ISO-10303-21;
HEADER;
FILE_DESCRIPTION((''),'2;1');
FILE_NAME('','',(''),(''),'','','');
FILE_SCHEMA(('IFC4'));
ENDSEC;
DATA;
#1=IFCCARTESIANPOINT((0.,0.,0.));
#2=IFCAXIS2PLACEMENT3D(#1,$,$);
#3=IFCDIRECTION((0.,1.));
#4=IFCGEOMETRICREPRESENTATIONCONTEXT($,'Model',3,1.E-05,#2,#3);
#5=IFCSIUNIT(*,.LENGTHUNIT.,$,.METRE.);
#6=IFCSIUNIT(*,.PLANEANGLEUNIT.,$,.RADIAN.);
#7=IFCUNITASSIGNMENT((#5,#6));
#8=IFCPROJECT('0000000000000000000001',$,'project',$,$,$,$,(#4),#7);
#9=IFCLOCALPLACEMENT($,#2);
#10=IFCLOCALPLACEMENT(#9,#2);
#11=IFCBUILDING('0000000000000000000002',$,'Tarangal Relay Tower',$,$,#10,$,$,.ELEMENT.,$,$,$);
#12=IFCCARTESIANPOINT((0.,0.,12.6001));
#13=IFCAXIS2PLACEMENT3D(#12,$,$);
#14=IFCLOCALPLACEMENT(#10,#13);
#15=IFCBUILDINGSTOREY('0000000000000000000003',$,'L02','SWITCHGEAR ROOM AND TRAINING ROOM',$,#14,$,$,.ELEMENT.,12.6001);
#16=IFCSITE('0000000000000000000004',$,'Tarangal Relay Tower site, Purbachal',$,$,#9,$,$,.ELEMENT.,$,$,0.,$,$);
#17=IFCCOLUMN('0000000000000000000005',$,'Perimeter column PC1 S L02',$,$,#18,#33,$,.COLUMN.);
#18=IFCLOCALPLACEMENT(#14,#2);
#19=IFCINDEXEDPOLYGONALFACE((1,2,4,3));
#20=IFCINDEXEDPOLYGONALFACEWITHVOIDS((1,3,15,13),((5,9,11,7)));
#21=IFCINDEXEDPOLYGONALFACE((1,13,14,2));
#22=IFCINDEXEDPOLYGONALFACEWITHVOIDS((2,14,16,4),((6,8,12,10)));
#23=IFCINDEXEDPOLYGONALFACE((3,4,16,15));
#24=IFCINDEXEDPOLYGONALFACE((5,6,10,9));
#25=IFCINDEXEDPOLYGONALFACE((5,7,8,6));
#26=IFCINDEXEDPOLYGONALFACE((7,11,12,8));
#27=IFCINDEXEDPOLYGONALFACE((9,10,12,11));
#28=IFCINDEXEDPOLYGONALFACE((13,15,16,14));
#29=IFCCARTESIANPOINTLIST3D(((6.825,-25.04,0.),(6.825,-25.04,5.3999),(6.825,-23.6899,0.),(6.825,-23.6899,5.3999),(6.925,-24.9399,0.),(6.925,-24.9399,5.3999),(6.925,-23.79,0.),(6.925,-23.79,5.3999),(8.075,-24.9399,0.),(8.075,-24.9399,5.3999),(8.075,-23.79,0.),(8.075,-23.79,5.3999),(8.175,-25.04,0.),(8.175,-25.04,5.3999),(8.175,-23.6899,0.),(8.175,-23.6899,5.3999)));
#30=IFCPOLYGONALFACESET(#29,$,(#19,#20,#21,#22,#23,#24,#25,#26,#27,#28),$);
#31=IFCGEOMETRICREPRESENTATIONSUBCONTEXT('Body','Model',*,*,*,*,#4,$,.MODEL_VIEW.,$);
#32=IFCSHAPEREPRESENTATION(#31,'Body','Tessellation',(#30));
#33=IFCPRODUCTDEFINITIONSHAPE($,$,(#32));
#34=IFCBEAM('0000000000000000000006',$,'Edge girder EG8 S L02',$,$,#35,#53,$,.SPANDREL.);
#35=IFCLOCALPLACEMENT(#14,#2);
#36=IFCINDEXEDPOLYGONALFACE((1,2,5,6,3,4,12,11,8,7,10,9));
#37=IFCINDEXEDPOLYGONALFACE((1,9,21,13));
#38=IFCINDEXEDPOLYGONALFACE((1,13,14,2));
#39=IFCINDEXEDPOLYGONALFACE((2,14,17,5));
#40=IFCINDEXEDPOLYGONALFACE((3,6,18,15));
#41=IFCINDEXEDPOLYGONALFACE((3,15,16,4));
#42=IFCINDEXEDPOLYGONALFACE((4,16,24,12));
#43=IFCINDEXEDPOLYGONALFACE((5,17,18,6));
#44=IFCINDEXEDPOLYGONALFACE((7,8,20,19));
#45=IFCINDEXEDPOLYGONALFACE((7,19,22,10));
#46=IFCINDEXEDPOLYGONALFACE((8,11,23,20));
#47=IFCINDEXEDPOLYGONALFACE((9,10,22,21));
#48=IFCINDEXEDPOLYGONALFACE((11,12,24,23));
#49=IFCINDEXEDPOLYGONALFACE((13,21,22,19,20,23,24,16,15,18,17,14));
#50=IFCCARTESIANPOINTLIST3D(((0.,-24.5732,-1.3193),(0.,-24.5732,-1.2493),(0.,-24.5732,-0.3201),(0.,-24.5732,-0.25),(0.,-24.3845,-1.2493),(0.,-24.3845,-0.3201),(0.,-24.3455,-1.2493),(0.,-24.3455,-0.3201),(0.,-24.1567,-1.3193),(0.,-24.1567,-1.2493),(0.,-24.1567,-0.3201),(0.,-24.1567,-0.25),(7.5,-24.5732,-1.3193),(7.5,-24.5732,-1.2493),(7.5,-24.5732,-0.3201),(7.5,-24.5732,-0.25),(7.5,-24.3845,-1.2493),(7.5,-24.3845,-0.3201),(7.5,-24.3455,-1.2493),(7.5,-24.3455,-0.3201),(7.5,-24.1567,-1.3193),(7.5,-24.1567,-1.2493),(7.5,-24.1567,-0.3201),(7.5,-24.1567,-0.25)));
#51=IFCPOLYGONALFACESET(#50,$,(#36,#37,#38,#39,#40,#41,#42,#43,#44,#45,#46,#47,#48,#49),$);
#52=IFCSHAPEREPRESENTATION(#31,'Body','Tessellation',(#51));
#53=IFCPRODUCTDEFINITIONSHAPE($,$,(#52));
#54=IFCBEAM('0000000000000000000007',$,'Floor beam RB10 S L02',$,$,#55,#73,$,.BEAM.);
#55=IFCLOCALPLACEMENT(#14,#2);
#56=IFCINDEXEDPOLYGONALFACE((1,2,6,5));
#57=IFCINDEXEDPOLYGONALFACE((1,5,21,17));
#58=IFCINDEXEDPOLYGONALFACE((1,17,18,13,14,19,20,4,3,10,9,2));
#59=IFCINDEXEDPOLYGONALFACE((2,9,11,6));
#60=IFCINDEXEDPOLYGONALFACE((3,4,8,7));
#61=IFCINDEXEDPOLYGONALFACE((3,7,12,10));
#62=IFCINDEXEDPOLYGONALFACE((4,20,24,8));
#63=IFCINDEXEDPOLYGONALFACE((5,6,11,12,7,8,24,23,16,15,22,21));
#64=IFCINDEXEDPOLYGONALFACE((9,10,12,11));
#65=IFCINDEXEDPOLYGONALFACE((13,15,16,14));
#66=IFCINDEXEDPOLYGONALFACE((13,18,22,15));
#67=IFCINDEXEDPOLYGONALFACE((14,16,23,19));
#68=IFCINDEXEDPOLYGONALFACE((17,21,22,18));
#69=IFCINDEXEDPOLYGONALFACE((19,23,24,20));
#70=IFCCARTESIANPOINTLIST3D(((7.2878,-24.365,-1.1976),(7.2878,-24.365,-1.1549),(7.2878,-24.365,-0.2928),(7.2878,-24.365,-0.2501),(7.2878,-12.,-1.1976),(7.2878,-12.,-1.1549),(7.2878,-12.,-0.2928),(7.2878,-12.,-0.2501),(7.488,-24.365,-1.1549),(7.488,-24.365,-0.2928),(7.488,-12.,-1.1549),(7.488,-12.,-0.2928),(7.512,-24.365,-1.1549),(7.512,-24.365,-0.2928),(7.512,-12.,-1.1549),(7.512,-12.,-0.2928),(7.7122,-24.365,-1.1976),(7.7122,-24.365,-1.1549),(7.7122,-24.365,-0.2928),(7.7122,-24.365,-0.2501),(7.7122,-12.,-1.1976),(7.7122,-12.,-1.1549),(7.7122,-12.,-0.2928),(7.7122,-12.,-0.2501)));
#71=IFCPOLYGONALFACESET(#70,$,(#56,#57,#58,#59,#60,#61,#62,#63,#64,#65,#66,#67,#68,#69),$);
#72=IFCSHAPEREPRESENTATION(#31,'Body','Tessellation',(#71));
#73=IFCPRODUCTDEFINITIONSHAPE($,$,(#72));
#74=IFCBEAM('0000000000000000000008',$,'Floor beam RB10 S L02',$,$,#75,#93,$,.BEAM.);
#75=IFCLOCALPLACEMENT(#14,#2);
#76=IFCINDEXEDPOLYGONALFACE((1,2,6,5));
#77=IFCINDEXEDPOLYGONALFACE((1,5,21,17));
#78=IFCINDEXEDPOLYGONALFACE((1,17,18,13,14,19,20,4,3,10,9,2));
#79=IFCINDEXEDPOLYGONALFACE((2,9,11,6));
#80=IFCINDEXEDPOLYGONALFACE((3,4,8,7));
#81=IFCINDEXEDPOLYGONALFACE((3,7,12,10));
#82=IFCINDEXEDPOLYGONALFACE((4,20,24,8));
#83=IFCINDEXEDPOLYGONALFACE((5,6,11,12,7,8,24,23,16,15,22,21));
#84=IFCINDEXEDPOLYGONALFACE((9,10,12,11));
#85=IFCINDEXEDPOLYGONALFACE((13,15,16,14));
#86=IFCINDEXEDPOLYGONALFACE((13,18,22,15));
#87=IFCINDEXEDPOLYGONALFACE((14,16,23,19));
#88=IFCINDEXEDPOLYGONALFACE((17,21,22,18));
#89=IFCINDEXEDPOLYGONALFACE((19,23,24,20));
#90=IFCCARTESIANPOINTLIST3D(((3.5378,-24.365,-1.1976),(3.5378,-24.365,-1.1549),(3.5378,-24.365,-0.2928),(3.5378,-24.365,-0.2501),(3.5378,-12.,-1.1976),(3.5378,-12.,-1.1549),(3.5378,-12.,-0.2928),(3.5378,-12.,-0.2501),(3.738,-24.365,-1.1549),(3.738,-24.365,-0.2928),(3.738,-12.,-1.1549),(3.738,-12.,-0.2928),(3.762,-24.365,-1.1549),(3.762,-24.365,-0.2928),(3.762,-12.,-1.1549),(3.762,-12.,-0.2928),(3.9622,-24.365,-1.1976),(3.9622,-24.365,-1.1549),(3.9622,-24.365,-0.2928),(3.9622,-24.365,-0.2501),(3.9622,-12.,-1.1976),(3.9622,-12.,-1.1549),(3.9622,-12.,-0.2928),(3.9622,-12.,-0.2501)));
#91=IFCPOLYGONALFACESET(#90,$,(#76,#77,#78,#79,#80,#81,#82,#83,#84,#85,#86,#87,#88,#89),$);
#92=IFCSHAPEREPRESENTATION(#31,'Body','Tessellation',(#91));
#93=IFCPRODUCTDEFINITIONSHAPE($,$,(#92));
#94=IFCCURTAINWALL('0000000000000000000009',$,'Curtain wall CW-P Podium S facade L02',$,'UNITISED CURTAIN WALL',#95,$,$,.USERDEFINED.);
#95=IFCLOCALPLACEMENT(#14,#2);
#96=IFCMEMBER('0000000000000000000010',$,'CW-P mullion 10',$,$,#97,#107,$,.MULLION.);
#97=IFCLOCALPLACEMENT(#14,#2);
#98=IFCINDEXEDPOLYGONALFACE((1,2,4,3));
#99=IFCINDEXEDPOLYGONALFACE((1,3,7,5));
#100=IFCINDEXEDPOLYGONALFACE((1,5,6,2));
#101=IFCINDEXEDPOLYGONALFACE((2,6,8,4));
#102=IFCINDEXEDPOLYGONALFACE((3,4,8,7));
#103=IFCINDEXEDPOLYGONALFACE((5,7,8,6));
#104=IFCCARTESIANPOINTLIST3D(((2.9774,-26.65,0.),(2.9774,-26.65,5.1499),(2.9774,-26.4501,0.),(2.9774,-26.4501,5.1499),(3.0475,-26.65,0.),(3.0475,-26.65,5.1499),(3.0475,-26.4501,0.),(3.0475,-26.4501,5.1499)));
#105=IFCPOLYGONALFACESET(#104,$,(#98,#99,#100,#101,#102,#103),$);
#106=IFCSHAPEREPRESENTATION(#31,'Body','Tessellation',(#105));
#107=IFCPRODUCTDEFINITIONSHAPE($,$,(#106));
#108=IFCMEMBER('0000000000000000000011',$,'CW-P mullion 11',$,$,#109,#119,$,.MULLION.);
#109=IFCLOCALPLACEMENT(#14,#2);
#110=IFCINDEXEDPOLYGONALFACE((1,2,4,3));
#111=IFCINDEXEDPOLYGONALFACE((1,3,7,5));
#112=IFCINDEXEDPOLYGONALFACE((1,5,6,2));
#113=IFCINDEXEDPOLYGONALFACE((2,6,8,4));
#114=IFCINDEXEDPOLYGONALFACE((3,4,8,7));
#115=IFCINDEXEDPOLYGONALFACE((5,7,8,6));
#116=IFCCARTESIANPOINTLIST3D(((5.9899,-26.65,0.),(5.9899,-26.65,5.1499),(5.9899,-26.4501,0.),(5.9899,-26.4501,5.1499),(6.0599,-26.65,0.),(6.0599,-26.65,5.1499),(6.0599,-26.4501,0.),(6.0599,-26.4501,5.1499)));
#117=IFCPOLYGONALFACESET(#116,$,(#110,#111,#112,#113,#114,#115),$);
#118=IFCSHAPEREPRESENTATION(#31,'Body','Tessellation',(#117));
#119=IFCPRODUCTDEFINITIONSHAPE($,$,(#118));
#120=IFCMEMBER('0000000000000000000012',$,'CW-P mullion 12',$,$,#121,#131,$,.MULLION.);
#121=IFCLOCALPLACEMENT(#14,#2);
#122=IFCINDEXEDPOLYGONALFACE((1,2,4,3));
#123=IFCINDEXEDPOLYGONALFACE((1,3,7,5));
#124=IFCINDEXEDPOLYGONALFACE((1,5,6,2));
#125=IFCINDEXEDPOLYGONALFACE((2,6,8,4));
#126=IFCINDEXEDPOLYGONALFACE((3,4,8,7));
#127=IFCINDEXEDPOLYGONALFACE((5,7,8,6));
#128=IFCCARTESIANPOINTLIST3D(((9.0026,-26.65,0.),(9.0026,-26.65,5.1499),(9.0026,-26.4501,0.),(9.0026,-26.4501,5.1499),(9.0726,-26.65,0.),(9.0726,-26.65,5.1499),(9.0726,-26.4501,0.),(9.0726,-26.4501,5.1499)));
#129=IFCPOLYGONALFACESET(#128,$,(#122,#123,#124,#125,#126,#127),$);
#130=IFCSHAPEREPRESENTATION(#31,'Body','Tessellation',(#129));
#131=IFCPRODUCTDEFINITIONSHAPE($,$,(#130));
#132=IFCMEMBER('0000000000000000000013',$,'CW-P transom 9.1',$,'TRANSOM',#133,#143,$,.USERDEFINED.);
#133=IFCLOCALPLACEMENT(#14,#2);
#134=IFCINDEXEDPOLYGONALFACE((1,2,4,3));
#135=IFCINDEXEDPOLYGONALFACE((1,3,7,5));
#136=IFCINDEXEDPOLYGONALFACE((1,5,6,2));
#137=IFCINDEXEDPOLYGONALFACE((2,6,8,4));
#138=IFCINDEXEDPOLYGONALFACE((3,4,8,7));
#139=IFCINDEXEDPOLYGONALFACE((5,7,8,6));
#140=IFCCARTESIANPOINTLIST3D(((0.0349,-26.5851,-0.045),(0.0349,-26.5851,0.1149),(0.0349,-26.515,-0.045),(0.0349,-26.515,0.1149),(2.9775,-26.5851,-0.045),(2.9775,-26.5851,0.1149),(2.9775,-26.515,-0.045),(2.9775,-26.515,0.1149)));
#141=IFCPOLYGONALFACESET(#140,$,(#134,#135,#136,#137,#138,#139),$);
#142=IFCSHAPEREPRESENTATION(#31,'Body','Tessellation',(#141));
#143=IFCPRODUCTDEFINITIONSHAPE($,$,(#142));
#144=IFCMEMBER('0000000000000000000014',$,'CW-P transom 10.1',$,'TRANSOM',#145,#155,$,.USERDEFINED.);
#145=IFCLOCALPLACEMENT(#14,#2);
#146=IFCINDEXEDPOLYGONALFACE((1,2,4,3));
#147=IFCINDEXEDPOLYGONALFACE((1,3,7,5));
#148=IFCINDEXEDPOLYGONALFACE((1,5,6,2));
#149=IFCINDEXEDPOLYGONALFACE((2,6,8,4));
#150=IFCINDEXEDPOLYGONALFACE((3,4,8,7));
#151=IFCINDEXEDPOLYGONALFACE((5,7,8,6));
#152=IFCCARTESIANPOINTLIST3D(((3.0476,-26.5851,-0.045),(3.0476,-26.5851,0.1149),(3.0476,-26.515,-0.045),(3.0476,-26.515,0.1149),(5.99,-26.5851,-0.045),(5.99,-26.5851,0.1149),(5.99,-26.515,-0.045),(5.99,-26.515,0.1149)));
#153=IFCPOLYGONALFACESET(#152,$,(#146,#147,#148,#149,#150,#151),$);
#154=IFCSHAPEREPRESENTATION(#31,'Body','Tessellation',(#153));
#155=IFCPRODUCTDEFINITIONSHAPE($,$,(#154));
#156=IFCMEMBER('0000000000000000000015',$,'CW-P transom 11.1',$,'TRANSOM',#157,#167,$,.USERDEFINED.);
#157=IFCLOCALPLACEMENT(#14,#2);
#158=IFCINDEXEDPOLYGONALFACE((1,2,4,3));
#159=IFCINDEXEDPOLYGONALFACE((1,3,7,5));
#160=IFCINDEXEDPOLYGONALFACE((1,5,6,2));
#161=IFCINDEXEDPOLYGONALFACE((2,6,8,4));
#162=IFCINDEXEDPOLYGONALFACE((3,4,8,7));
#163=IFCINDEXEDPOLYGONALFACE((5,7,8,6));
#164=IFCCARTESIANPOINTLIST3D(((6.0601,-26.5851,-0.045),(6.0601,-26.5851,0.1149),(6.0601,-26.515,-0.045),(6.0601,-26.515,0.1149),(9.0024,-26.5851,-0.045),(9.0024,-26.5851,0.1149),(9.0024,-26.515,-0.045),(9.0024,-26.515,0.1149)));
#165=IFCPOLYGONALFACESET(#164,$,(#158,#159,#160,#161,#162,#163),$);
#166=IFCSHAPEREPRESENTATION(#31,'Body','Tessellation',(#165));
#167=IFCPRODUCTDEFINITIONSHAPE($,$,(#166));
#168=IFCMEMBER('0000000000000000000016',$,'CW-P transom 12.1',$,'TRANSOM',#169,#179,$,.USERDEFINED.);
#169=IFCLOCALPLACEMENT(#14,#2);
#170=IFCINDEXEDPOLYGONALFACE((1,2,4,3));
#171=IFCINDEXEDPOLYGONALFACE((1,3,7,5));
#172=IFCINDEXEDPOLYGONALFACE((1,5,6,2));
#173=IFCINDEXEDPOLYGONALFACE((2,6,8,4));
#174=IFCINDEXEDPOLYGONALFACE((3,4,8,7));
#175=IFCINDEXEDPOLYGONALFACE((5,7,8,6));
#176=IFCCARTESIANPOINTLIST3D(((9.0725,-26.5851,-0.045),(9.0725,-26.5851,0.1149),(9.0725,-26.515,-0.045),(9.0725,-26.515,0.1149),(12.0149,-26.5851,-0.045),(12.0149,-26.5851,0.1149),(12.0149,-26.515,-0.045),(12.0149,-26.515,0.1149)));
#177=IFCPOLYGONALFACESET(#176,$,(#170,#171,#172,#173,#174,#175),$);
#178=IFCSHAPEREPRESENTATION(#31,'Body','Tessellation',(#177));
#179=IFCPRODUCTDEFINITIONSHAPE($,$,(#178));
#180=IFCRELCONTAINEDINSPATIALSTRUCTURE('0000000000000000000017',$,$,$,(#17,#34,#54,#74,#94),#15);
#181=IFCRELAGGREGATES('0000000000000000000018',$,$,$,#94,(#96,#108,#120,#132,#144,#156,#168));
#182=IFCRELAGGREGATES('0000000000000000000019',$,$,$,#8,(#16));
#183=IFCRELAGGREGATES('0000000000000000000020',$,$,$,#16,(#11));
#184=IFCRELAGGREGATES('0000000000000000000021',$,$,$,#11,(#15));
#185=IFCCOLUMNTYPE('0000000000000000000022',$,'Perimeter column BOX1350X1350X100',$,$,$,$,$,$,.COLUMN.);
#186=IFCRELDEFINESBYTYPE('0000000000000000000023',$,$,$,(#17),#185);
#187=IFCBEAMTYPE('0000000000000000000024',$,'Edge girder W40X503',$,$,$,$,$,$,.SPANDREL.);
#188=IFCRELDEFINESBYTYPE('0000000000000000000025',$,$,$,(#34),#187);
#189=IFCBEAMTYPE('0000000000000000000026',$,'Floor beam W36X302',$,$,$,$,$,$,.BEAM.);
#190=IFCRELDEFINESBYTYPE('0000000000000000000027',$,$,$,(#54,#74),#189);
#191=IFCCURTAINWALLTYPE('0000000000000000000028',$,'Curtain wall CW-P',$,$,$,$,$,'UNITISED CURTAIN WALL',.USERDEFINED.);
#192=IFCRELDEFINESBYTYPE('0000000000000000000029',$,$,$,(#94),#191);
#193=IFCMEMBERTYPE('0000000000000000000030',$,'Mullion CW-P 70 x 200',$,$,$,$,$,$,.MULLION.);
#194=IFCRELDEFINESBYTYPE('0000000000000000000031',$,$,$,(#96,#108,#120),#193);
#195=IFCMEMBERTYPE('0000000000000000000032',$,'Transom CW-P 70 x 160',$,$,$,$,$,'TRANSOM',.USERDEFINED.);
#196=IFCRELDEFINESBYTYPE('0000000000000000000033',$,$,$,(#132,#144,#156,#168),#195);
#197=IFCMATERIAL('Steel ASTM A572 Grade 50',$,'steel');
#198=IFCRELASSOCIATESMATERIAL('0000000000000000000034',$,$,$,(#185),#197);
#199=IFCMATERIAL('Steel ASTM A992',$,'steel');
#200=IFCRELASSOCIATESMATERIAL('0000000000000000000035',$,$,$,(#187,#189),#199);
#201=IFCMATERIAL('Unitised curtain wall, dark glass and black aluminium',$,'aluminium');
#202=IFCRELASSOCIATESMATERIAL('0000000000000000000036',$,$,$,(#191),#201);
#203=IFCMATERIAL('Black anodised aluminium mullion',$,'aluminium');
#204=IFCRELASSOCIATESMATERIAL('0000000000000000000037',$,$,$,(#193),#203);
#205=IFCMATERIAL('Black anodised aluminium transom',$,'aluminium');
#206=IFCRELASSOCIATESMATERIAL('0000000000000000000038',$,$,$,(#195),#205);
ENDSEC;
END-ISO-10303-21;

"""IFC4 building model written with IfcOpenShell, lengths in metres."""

from ifc_helpers import new_model, si_unit, direction, frame, origin, origin_2d, place, context, subcontext, project, spatial, rectangle, hollow_rectangle, i_section, extrude, material, material_profile, profile_set, type_object, element, aggregate, save


model = new_model("IFC4")

# Units and contexts
model_context = context("Model", 3, precision=1e-05, world=origin(), true_north=direction((0.0, 1.0)))
body_context = subcontext(model_context, "Body", "Model", "MODEL_VIEW")
ifc_project = project(units=[si_unit("LENGTHUNIT", "METRE"), si_unit("PLANEANGLEUNIT", "RADIAN")], contexts=[model_context])

# Site, building, storey
site_placement = place(None, origin())
site = spatial("IfcSite", under=ifc_project, at=site_placement, Name="Tarangal Relay Tower site, Purbachal", CompositionType="ELEMENT", RefElevation=0.0)
building_placement = place(site_placement, origin())
building = spatial("IfcBuilding", under=site, at=building_placement, Name="Tarangal Relay Tower", CompositionType="ELEMENT")
storey_placement = place(building_placement, frame((0.0, 0.0, 12.6001)))
storey = spatial("IfcBuildingStorey", under=building, at=storey_placement, Name="L02", Description="SWITCHGEAR ROOM AND TRAINING ROOM", CompositionType="ELEMENT", Elevation=12.6001)

# Column
ifc_material_1 = material(Name="Steel ASTM A572 Grade 50", Category="steel")
ifc_material_profile_1 = material_profile(ifc_material_1, hollow_rectangle(XDim=1.3501, YDim=1.3501, WallThickness=0.1001, at=origin_2d()), Name="BOX1350X1350X100")
ifc_profile_set_1 = profile_set([ifc_material_profile_1], Name="Steel ASTM A572 Grade 50")
column_type = type_object("IfcColumnType", Name="Perimeter column BOX1350X1350X100", PredefinedType="COLUMN", material=ifc_profile_set_1)
column_placement = place(storey_placement, frame((7.5, -24.365, 0.0), z_axis=(0.0, 0.0, 1.0), x_axis=(1.0, 0.0, 0.0)))
element("IfcColumn", 1, at=column_placement, inside=storey, type_object=column_type, Name="Perimeter column PC1 S L02", PredefinedType="COLUMN", context=body_context, shape_type="SweptSolid", body=[
    extrude(hollow_rectangle(XDim=1.3501, YDim=1.3501, WallThickness=0.1001, at=origin_2d()), origin(), (0.0, 0.0, 1.0), 5.3999),
])

# Beams
ifc_material_2 = material(Name="Steel ASTM A992", Category="steel")
ifc_material_profile_2 = material_profile(ifc_material_2, i_section(OverallWidth=0.4165, OverallDepth=1.0693, WebThickness=0.0391, FlangeThickness=0.0701, at=origin_2d()), Name="W40X503")
ifc_profile_set_2 = profile_set([ifc_material_profile_2], Name="Steel ASTM A992")
beam_type_1 = type_object("IfcBeamType", Name="Edge girder W40X503", PredefinedType="SPANDREL", material=ifc_profile_set_2)
beam_placement = place(storey_placement, frame((7.5, -24.365, -0.7847), z_axis=(-1.0, 0.0, 0.0), x_axis=(0.0, -1.0, 0.0)))
element("IfcBeam", 2, at=beam_placement, inside=storey, type_object=beam_type_1, Name="Edge girder EG8 S L02", PredefinedType="SPANDREL", context=body_context, shape_type="SweptSolid", body=[
    extrude(i_section(OverallWidth=0.4165, OverallDepth=1.0693, WebThickness=0.0391, FlangeThickness=0.0701, at=origin_2d()), origin(), (0.0, 0.0, 1.0), 7.5),
])
ifc_material_profile_3 = material_profile(ifc_material_2, i_section(OverallWidth=0.4243, OverallDepth=0.9475, WebThickness=0.0239, FlangeThickness=0.0427, at=origin_2d()), Name="W36X302")
ifc_profile_set_3 = profile_set([ifc_material_profile_3], Name="Steel ASTM A992")
beam_type_2 = type_object("IfcBeamType", Name="Floor beam W36X302", PredefinedType="BEAM", material=ifc_profile_set_3)
for number, where, z_axis, x_axis, name in (
    (3, (7.5, -12.0, -0.7239), (0.0, -1.0, 0.0), (1.0, 0.0, 0.0), "Floor beam RB10 S L02"),
    (4, (3.75, -12.0, -0.7239), (0.0, -1.0, 0.0), (1.0, 0.0, 0.0), "Floor beam RB10 S L02"),
):
    element("IfcBeam", number, at=place(storey_placement, frame(where, z_axis=z_axis, x_axis=x_axis)), inside=storey, type_object=beam_type_2, Name=name, PredefinedType="BEAM", context=body_context, shape_type="SweptSolid", body=[
        extrude(i_section(OverallWidth=0.4243, OverallDepth=0.9475, WebThickness=0.0239, FlangeThickness=0.0427, at=origin_2d()), origin(), (0.0, 0.0, 1.0), 12.365),
    ])

# Curtain wall, members
ifc_material_3 = material(Name="Unitised curtain wall, dark glass and black aluminium", Category="aluminium")
curtain_wall_type = type_object("IfcCurtainWallType", Name="Curtain wall CW-P", ElementType="UNITISED CURTAIN WALL", PredefinedType="USERDEFINED", material=ifc_material_3)
curtain_wall_placement = place(storey_placement, origin())
curtain_wall = element("IfcCurtainWall", 5, at=curtain_wall_placement, inside=storey, type_object=curtain_wall_type, Name="Curtain wall CW-P Podium S facade L02", ObjectType="UNITISED CURTAIN WALL", PredefinedType="USERDEFINED")
ifc_material_4 = material(Name="Black anodised aluminium mullion", Category="aluminium")
ifc_material_profile_4 = material_profile(ifc_material_4, rectangle(XDim=0.2, YDim=0.0701, at=origin_2d()), Name="CW-PM 70X200")
ifc_profile_set_4 = profile_set([ifc_material_profile_4], Name="Black anodised aluminium mullion")
member_type_1 = type_object("IfcMemberType", Name="Mullion CW-P 70 x 200", PredefinedType="MULLION", material=ifc_profile_set_4)
member_1_placement = place(storey_placement, frame((3.0125, -26.55, 0.0), z_axis=(0.0, 0.0, 1.0), x_axis=(0.0, 1.0, 0.0)))
member_1 = element("IfcMember", 6, at=member_1_placement, type_object=member_type_1, Name="CW-P mullion 10", PredefinedType="MULLION", context=body_context, shape_type="SweptSolid", body=[
    extrude(rectangle(XDim=0.2, YDim=0.0701, at=origin_2d()), origin(), (0.0, 0.0, 1.0), 5.1499),
])
member_2_placement = place(storey_placement, frame((6.0249, -26.55, 0.0), z_axis=(0.0, 0.0, 1.0), x_axis=(0.0, 1.0, 0.0)))
member_2 = element("IfcMember", 7, at=member_2_placement, type_object=member_type_1, Name="CW-P mullion 11", PredefinedType="MULLION", context=body_context, shape_type="SweptSolid", body=[
    extrude(rectangle(XDim=0.2, YDim=0.0701, at=origin_2d()), origin(), (0.0, 0.0, 1.0), 5.1499),
])
member_3_placement = place(storey_placement, frame((9.0376, -26.55, 0.0), z_axis=(0.0, 0.0, 1.0), x_axis=(0.0, 1.0, 0.0)))
member_3 = element("IfcMember", 8, at=member_3_placement, type_object=member_type_1, Name="CW-P mullion 12", PredefinedType="MULLION", context=body_context, shape_type="SweptSolid", body=[
    extrude(rectangle(XDim=0.2, YDim=0.0701, at=origin_2d()), origin(), (0.0, 0.0, 1.0), 5.1499),
])
ifc_material_5 = material(Name="Black anodised aluminium transom", Category="aluminium")
ifc_material_profile_5 = material_profile(ifc_material_5, rectangle(XDim=0.0701, YDim=0.1599, at=origin_2d()), Name="CW-PT 70X160")
ifc_profile_set_5 = profile_set([ifc_material_profile_5], Name="Black anodised aluminium transom")
member_type_2 = type_object("IfcMemberType", Name="Transom CW-P 70 x 160", ElementType="TRANSOM", PredefinedType="USERDEFINED", material=ifc_profile_set_5)
member_4_placement = place(storey_placement, frame((0.0349, -26.55, 0.0349), z_axis=(1.0, 0.0, 0.0), x_axis=(0.0, 1.0, 0.0)))
member_4 = element("IfcMember", 9, at=member_4_placement, type_object=member_type_2, Name="CW-P transom 9.1", ObjectType="TRANSOM", PredefinedType="USERDEFINED", context=body_context, shape_type="SweptSolid", body=[
    extrude(rectangle(XDim=0.0701, YDim=0.1599, at=origin_2d()), origin(), (0.0, 0.0, 1.0), 2.9426),
])
member_5_placement = place(storey_placement, frame((3.0476, -26.55, 0.0349), z_axis=(1.0, 0.0, 0.0), x_axis=(0.0, 1.0, 0.0)))
member_5 = element("IfcMember", 10, at=member_5_placement, type_object=member_type_2, Name="CW-P transom 10.1", ObjectType="TRANSOM", PredefinedType="USERDEFINED", context=body_context, shape_type="SweptSolid", body=[
    extrude(rectangle(XDim=0.0701, YDim=0.1599, at=origin_2d()), origin(), (0.0, 0.0, 1.0), 2.9424),
])
member_6_placement = place(storey_placement, frame((6.0601, -26.55, 0.0349), z_axis=(1.0, 0.0, 0.0), x_axis=(0.0, 1.0, 0.0)))
member_6 = element("IfcMember", 11, at=member_6_placement, type_object=member_type_2, Name="CW-P transom 11.1", ObjectType="TRANSOM", PredefinedType="USERDEFINED", context=body_context, shape_type="SweptSolid", body=[
    extrude(rectangle(XDim=0.0701, YDim=0.1599, at=origin_2d()), origin(), (0.0, 0.0, 1.0), 2.9424),
])
member_7_placement = place(storey_placement, frame((9.0725, -26.55, 0.0349), z_axis=(1.0, 0.0, 0.0), x_axis=(0.0, 1.0, 0.0)))
member_7 = element("IfcMember", 12, at=member_7_placement, type_object=member_type_2, Name="CW-P transom 12.1", ObjectType="TRANSOM", PredefinedType="USERDEFINED", context=body_context, shape_type="SweptSolid", body=[
    extrude(rectangle(XDim=0.0701, YDim=0.1599, at=origin_2d()), origin(), (0.0, 0.0, 1.0), 2.9424),
])
aggregate(curtain_wall, [member_1, member_2, member_3, member_4, member_5, member_6, member_7])

save(model, "model.ifc")
